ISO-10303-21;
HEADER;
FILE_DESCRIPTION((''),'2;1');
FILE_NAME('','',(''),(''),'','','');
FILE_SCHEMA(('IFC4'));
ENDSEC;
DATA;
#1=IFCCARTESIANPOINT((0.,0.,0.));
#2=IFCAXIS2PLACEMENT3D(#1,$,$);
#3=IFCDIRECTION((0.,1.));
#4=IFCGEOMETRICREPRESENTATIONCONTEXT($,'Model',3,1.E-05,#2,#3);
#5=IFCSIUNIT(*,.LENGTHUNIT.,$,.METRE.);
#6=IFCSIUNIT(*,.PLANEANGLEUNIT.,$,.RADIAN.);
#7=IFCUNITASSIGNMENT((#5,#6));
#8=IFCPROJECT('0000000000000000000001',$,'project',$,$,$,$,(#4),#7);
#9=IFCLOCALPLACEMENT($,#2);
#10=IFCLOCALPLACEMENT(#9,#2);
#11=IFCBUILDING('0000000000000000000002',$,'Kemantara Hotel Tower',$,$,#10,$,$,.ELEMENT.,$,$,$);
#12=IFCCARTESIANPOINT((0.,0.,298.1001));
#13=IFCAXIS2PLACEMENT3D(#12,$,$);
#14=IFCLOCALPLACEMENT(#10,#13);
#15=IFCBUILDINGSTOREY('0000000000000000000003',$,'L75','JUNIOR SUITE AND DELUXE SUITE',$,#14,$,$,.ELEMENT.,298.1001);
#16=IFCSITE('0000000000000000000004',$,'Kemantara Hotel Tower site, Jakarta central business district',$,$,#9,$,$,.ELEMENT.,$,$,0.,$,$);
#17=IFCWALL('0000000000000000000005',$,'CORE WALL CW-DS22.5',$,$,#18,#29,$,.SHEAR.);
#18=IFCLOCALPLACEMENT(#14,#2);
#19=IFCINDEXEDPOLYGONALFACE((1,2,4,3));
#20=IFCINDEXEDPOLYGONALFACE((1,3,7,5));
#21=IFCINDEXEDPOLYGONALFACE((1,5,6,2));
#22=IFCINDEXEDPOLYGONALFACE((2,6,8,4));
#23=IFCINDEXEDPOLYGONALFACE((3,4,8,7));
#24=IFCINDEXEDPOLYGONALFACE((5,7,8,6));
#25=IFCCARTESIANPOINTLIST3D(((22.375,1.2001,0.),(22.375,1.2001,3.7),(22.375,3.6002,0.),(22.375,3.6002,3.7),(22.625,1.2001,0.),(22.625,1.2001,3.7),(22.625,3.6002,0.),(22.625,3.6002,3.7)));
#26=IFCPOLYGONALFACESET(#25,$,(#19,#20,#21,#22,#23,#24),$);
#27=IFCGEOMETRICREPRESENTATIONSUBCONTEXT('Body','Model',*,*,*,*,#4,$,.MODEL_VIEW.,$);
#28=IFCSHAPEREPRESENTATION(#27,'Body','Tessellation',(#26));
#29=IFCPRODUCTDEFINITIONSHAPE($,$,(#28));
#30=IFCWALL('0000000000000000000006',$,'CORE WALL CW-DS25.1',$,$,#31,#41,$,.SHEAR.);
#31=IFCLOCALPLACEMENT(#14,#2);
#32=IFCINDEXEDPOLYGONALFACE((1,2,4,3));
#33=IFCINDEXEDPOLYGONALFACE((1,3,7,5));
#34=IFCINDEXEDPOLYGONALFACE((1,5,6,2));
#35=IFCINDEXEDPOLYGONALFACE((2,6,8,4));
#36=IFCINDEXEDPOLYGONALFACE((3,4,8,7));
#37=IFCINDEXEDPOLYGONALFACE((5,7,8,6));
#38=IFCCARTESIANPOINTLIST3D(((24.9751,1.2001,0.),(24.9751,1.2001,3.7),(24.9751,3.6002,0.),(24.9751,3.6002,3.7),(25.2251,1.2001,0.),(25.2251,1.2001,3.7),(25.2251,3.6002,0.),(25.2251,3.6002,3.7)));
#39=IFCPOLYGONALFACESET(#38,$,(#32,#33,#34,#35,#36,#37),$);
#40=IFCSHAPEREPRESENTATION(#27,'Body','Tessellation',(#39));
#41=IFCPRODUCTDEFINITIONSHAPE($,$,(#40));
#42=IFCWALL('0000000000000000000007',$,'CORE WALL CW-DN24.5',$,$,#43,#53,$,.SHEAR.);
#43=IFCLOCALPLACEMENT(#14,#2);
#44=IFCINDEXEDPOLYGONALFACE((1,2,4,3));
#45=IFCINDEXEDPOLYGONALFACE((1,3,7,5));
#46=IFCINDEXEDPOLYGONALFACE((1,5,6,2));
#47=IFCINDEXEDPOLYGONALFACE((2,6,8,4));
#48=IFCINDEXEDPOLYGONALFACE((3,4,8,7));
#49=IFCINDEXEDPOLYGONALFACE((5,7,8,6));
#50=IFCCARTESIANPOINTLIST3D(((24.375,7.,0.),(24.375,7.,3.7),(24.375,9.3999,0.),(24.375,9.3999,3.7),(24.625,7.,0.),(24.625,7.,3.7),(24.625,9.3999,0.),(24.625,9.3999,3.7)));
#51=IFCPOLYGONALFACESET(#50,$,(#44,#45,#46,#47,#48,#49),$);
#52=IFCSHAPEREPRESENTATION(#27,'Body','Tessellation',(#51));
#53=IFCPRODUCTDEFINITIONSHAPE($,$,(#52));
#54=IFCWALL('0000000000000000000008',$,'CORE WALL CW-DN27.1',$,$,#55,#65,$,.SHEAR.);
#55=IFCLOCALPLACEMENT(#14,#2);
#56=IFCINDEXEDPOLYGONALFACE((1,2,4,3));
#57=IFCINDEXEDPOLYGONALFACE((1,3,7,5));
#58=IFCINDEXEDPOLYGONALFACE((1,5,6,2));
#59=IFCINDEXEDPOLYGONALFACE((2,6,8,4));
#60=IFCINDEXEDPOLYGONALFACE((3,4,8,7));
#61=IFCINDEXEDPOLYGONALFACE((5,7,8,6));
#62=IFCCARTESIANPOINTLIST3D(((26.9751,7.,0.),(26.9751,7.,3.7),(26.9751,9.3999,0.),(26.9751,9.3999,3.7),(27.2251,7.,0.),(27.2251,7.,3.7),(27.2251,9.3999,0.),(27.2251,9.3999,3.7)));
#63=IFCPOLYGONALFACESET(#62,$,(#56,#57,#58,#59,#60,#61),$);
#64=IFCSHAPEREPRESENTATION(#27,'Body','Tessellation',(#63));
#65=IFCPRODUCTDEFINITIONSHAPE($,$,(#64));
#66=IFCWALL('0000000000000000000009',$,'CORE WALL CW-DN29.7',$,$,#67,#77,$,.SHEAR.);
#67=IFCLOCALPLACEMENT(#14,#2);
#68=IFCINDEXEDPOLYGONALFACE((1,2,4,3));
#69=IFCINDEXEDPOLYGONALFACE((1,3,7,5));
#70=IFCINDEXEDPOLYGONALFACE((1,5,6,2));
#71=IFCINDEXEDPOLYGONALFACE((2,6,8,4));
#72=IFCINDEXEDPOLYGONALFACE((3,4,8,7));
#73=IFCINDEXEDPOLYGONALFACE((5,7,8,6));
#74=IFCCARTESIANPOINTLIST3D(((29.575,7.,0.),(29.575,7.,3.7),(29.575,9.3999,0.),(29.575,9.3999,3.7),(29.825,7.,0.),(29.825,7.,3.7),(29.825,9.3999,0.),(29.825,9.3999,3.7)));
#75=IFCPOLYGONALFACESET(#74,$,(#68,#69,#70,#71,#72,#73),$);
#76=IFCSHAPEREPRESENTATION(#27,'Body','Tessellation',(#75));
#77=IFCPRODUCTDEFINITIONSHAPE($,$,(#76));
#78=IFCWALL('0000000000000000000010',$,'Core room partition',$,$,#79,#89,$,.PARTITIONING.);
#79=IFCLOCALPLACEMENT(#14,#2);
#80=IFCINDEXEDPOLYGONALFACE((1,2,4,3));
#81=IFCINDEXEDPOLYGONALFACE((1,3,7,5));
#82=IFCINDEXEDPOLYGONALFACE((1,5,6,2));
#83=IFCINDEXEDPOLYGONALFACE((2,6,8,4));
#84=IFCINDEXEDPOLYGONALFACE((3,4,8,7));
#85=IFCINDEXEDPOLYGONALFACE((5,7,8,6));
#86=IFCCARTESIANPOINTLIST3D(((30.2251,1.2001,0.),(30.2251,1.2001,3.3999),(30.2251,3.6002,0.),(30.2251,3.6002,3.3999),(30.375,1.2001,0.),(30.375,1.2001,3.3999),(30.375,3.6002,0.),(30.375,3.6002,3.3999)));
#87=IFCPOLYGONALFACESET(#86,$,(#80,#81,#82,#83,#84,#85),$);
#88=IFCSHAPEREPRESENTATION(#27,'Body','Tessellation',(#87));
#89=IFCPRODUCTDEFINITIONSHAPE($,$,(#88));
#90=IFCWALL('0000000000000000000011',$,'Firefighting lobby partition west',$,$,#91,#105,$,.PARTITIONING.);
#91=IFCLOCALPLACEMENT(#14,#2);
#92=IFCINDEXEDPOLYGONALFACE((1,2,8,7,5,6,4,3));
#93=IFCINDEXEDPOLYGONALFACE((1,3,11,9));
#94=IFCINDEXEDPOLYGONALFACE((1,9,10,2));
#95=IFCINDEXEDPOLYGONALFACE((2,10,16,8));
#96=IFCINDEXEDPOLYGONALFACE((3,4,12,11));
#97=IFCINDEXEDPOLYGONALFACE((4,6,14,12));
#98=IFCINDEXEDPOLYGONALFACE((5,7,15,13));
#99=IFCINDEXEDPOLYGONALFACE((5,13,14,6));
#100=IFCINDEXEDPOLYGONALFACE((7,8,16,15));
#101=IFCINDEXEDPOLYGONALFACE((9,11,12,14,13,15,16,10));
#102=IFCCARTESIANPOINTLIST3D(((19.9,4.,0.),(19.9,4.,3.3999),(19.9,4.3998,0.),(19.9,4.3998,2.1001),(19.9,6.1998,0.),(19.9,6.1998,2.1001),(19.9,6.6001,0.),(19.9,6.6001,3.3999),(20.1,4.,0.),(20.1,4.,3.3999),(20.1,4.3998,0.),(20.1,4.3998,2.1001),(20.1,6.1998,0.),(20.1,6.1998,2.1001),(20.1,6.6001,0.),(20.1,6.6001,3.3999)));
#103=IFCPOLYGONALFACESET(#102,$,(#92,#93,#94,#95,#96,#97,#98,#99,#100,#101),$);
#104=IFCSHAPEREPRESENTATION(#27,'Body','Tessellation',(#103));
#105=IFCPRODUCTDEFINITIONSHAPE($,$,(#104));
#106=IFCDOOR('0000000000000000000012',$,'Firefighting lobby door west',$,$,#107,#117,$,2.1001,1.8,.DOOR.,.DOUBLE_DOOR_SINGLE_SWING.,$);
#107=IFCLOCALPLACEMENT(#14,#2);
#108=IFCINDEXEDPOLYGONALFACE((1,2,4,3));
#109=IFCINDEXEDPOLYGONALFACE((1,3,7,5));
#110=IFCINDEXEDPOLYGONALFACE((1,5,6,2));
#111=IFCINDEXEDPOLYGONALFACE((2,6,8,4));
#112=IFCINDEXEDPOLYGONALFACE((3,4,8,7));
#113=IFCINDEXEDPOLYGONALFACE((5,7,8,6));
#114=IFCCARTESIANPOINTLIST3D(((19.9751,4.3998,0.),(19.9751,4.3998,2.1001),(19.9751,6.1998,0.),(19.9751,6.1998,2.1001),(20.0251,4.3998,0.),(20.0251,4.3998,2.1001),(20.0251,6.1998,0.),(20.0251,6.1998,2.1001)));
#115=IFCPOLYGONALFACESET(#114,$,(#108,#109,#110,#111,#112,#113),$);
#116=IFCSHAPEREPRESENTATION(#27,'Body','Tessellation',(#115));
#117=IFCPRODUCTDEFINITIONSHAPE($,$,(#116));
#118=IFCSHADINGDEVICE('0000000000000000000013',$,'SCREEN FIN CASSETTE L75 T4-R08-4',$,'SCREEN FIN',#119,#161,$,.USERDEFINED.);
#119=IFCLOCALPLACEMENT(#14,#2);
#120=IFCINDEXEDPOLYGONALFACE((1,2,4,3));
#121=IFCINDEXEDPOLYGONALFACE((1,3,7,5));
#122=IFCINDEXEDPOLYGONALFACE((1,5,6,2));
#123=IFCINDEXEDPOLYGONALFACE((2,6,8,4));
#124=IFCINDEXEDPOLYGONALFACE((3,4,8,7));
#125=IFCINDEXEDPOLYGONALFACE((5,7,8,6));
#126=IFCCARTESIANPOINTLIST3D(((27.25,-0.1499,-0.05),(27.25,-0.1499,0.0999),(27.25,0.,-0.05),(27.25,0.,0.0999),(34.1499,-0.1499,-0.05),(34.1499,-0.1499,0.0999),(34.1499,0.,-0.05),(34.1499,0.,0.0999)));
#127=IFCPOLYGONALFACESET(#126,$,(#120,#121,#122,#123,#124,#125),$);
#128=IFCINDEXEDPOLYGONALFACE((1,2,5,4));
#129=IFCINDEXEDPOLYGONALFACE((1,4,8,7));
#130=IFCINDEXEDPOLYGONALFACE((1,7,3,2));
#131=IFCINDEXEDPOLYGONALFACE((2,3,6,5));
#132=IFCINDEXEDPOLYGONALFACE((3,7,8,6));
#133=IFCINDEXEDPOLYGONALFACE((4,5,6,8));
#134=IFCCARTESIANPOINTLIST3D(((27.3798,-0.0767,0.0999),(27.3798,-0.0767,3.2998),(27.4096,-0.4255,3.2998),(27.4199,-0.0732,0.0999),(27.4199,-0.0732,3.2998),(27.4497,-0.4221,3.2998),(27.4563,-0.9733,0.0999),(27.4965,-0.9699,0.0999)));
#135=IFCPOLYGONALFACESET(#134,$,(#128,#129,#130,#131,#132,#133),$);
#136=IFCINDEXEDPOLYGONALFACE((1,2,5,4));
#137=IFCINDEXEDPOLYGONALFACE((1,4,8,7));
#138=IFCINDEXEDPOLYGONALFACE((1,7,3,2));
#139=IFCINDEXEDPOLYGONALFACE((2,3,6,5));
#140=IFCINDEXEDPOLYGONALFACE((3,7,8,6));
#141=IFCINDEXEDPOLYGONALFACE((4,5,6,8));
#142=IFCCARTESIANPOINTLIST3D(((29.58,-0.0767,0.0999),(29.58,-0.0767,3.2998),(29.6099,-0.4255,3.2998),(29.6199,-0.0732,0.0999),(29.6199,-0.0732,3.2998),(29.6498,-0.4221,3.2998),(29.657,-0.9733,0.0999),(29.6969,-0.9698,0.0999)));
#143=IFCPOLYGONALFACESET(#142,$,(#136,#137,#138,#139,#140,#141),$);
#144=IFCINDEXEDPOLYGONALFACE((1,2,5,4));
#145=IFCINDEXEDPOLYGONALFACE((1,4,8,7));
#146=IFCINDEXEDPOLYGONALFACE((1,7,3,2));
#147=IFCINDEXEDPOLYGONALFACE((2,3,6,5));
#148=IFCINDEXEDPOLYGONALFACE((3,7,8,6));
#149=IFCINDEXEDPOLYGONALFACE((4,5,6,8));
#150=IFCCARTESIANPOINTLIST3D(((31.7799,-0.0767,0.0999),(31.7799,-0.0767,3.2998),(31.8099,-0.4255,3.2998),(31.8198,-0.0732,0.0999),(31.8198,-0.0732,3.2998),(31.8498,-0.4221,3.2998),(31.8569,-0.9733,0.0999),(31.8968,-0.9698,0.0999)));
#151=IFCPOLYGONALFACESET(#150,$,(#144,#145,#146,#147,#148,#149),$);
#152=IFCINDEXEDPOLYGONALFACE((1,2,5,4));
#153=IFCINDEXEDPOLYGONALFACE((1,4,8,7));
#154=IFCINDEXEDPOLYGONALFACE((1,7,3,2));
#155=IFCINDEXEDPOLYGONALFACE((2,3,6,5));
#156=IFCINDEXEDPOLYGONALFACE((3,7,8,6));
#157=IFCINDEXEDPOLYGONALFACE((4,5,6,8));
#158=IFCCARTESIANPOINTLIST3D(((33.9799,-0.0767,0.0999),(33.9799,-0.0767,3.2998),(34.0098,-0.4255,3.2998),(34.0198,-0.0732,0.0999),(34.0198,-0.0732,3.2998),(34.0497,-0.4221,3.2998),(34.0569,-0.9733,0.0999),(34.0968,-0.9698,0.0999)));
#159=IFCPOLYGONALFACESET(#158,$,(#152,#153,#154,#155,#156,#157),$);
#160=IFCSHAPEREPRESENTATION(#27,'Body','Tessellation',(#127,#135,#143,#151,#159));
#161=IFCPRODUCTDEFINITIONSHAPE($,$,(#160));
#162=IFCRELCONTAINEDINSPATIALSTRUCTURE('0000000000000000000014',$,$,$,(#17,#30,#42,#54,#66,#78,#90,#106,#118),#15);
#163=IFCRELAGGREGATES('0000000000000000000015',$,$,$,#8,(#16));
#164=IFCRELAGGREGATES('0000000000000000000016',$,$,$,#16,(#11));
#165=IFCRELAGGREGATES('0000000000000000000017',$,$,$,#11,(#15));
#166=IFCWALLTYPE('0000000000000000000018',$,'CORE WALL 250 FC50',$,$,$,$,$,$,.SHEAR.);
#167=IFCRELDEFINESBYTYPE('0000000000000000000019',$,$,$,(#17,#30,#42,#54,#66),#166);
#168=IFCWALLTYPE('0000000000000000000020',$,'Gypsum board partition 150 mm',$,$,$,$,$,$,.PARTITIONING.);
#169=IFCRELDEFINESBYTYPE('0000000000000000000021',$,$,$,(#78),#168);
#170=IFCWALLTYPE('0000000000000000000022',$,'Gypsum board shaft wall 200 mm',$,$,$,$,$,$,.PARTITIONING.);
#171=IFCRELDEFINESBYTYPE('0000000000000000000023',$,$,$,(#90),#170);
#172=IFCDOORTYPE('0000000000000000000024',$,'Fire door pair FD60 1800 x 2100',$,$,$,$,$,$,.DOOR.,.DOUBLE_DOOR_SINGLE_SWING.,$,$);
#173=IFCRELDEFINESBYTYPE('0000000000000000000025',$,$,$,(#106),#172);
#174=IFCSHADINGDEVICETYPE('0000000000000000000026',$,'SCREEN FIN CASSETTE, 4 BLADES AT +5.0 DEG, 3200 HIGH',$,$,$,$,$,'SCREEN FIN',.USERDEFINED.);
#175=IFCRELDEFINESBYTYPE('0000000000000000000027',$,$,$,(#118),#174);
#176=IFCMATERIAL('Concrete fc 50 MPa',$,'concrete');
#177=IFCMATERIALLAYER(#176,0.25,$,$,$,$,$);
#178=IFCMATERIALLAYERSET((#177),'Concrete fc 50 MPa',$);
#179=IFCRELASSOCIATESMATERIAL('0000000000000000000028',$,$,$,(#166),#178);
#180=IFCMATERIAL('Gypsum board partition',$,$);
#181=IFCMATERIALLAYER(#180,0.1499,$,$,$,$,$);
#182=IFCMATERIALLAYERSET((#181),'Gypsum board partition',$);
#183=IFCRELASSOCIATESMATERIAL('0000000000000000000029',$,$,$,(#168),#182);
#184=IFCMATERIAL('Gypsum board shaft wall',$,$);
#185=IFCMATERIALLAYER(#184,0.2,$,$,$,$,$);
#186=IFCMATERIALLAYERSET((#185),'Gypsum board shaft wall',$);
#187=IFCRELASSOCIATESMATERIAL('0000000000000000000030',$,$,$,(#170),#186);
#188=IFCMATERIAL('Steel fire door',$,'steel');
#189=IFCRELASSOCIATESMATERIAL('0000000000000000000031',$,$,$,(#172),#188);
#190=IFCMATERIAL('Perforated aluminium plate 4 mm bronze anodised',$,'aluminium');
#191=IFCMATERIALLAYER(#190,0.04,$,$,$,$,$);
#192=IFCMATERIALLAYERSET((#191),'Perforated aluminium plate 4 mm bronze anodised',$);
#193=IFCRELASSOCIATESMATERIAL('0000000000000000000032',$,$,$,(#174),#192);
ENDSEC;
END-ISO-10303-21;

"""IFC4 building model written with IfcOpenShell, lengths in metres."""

from ifc_helpers import new_model, si_unit, direction, frame, frame_2d, origin, origin_2d, place, context, subcontext, project, spatial, polyline, rectangle, outline, extrude, source, transform, mapped, material, layer, layer_set, type_object, element, fill, save


model = new_model("IFC4")

# Units and contexts
model_context = context("Model", 3, precision=1e-05, world=origin(), true_north=direction((0.0, 1.0)))
body_context = subcontext(model_context, "Body", "Model", "MODEL_VIEW")
ifc_project = project(units=[si_unit("LENGTHUNIT", "METRE"), si_unit("PLANEANGLEUNIT", "RADIAN")], contexts=[model_context])

# Site, building, storey
site_placement = place(None, origin())
site = spatial("IfcSite", under=ifc_project, at=site_placement, Name="Kemantara Hotel Tower site, Jakarta central business district", CompositionType="ELEMENT", RefElevation=0.0)
building_placement = place(site_placement, origin())
building = spatial("IfcBuilding", under=site, at=building_placement, Name="Kemantara Hotel Tower", CompositionType="ELEMENT")
storey_placement = place(building_placement, frame((0.0, 0.0, 298.1001)))
storey = spatial("IfcBuildingStorey", under=building, at=storey_placement, Name="L75", Description="JUNIOR SUITE AND DELUXE SUITE", CompositionType="ELEMENT", Elevation=298.1001)

# Walls
ifc_material_1 = material(Name="Concrete fc 50 MPa", Category="concrete")
ifc_layer_1 = layer(ifc_material_1, 0.25)
ifc_layer_set_1 = layer_set([ifc_layer_1], Name="Concrete fc 50 MPa")
wall_type_1 = type_object("IfcWallType", Name="CORE WALL 250 FC50", PredefinedType="SHEAR", material=ifc_layer_set_1)
for number, where, z_axis, x_axis, name in (
    (1, (22.5, 1.2, 0.0), (0.0, 0.0, 1.0), (0.0, 1.0, 0.0), "CORE WALL CW-DS22.5"),
    (2, (25.1001, 1.2, 0.0), (0.0, 0.0, 1.0), (0.0, 1.0, 0.0), "CORE WALL CW-DS25.1"),
):
    element("IfcWall", number, at=place(storey_placement, frame(where, z_axis=z_axis, x_axis=x_axis)), inside=storey, type_object=wall_type_1, Name=name, PredefinedType="SHEAR", context=body_context, shape_type="SweptSolid", body=[
        extrude(rectangle(XDim=2.4001, YDim=0.25, at=frame_2d((1.2002, 0.0))), origin(), (0.0, 0.0, 1.0), 3.7),
    ])
for number, where, z_axis, x_axis, name in (
    (3, (24.5, 7.0, 0.0), (0.0, 0.0, 1.0), (0.0, 1.0, 0.0), "CORE WALL CW-DN24.5"),
    (4, (27.1001, 7.0, 0.0), (0.0, 0.0, 1.0), (0.0, 1.0, 0.0), "CORE WALL CW-DN27.1"),
    (5, (29.7, 7.0, 0.0), (0.0, 0.0, 1.0), (0.0, 1.0, 0.0), "CORE WALL CW-DN29.7"),
):
    element("IfcWall", number, at=place(storey_placement, frame(where, z_axis=z_axis, x_axis=x_axis)), inside=storey, type_object=wall_type_1, Name=name, PredefinedType="SHEAR", context=body_context, shape_type="SweptSolid", body=[
        extrude(rectangle(XDim=2.3999, YDim=0.25, at=frame_2d((1.2, 0.0))), origin(), (0.0, 0.0, 1.0), 3.7),
    ])
ifc_material_2 = material(Name="Gypsum board partition")
ifc_layer_2 = layer(ifc_material_2, 0.1499)
ifc_layer_set_2 = layer_set([ifc_layer_2], Name="Gypsum board partition")
wall_type_2 = type_object("IfcWallType", Name="Gypsum board partition 150 mm", PredefinedType="PARTITIONING", material=ifc_layer_set_2)
wall_1_placement = place(storey_placement, frame((30.3, 1.2, 0.0), z_axis=(0.0, 0.0, 1.0), x_axis=(0.0, 1.0, 0.0)))
element("IfcWall", 6, at=wall_1_placement, inside=storey, type_object=wall_type_2, Name="Core room partition", PredefinedType="PARTITIONING", context=body_context, shape_type="SweptSolid", body=[
    extrude(rectangle(XDim=2.4001, YDim=0.1499, at=frame_2d((1.2002, 0.0))), origin(), (0.0, 0.0, 1.0), 3.3999),
])

# Wall, opening, door
ifc_material_3 = material(Name="Gypsum board shaft wall")
ifc_layer_3 = layer(ifc_material_3, 0.2)
ifc_layer_set_3 = layer_set([ifc_layer_3], Name="Gypsum board shaft wall")
wall_type_3 = type_object("IfcWallType", Name="Gypsum board shaft wall 200 mm", PredefinedType="PARTITIONING", material=ifc_layer_set_3)
wall_2_placement = place(storey_placement, frame((20.0, 4.0, 0.0), z_axis=(0.0, 0.0, 1.0), x_axis=(0.0, 1.0, 0.0)))
wall_2 = element("IfcWall", 7, at=wall_2_placement, inside=storey, type_object=wall_type_3, Name="Firefighting lobby partition west", PredefinedType="PARTITIONING", context=body_context, shape_type="SweptSolid", body=[
    extrude(rectangle(XDim=2.6001, YDim=0.2, at=frame_2d((1.3, 0.0))), origin(), (0.0, 0.0, 1.0), 3.3999),
])
opening_placement = place(wall_2_placement, frame((0.3999, 0.0, 0.0)))
opening = element("IfcOpeningElement", 8, at=opening_placement, cuts=wall_2, PredefinedType="OPENING", context=body_context, shape_type="SweptSolid", body=[
    extrude(rectangle(XDim=1.8, YDim=2.1001, at=frame_2d((0.8999, 1.05))), frame((0.0, 0.1099, 0.0), z_axis=(0.0, -1.0, 0.0), x_axis=(1.0, 0.0, 0.0)), (0.0, 0.0, 1.0), 0.22),
])
ifc_material_4 = material(Name="Steel fire door", Category="steel")
door_type = type_object("IfcDoorType", Name="Fire door pair FD60 1800 x 2100", OperationType="DOUBLE_DOOR_SINGLE_SWING", PredefinedType="DOOR", material=ifc_material_4)
door_placement = place(opening_placement, origin())
door = element("IfcDoor", 9, at=door_placement, inside=storey, type_object=door_type, Name="Firefighting lobby door west", OperationType="DOUBLE_DOOR_SINGLE_SWING", OverallHeight=2.1001, OverallWidth=1.8, PredefinedType="DOOR", context=body_context, shape_type="SweptSolid", body=[
    extrude(rectangle(XDim=1.8, YDim=2.1001, at=frame_2d((0.8999, 1.05))), frame((0.0, 0.0249, 0.0), z_axis=(0.0, -1.0, 0.0), x_axis=(1.0, 0.0, 0.0)), (0.0, 0.0, 1.0), 0.05),
])
fill(opening, door)

# Shading device
ifc_material_5 = material(Name="Perforated aluminium plate 4 mm bronze anodised", Category="aluminium")
ifc_layer_4 = layer(ifc_material_5, 0.04)
ifc_layer_set_4 = layer_set([ifc_layer_4], Name="Perforated aluminium plate 4 mm bronze anodised")
shading_device_type = type_object("IfcShadingDeviceType", Name="SCREEN FIN CASSETTE, 4 BLADES AT +5.0 DEG, 3200 HIGH", ElementType="SCREEN FIN", PredefinedType="USERDEFINED", material=ifc_layer_set_4)
shared_shape = source(origin(), body_context, "Body", "SweptSolid", [
    extrude(rectangle(XDim=6.8999, YDim=0.1499, at=origin_2d()), frame((3.3, -0.075, -0.1499), z_axis=(0.0, 0.0, 1.0), x_axis=(1.0, 0.0, 0.0)), (0.0, 0.0, 1.0), 0.1499),
    extrude(outline(polyline([(0.0, 0.0), (0.8999, 0.0), (0.3501, 3.2), (0.0, 3.2), (0.0, 0.0)])), frame((0.02, -0.0732, 0.0), z_axis=(-0.996376, -0.085056, 0.0), x_axis=(0.085056, -0.996376, 0.0)), (0.0, 0.0, 1.0), 0.0403),
    extrude(outline(polyline([(0.0, 0.0), (0.8999, 0.0), (0.3501, 3.2), (0.0, 3.2), (0.0, 0.0)])), frame((2.22, -0.0732, 0.0), z_axis=(-0.996332, -0.085575, 0.0), x_axis=(0.085575, -0.996332, 0.0)), (0.0, 0.0, 1.0), 0.04),
    extrude(outline(polyline([(0.0, 0.0), (0.8999, 0.0), (0.3501, 3.2), (0.0, 3.2), (0.0, 0.0)])), frame((4.4199, -0.0732, 0.0), z_axis=(-0.996332, -0.085575, 0.0), x_axis=(0.085575, -0.996332, 0.0)), (0.0, 0.0, 1.0), 0.04),
    extrude(outline(polyline([(0.0, 0.0), (0.8999, 0.0), (0.3501, 3.2), (0.0, 3.2), (0.0, 0.0)])), frame((6.6199, -0.0732, 0.0), z_axis=(-0.996332, -0.085575, 0.0), x_axis=(0.085575, -0.996332, 0.0)), (0.0, 0.0, 1.0), 0.04),
])
shading_device_placement = place(storey_placement, frame((27.3999, 0.0, 0.0999), z_axis=(0.0, 0.0, 1.0), x_axis=(1.0, 0.0, 0.0)))
element("IfcShadingDevice", 10, at=shading_device_placement, inside=storey, type_object=shading_device_type, Name="SCREEN FIN CASSETTE L75 T4-R08-4", ObjectType="SCREEN FIN", PredefinedType="USERDEFINED", context=body_context, shape_type="MappedRepresentation", body=[
    mapped(shared_shape, transform((0.0, 0.0, 0.0))),
])

save(model, "model.ifc")
